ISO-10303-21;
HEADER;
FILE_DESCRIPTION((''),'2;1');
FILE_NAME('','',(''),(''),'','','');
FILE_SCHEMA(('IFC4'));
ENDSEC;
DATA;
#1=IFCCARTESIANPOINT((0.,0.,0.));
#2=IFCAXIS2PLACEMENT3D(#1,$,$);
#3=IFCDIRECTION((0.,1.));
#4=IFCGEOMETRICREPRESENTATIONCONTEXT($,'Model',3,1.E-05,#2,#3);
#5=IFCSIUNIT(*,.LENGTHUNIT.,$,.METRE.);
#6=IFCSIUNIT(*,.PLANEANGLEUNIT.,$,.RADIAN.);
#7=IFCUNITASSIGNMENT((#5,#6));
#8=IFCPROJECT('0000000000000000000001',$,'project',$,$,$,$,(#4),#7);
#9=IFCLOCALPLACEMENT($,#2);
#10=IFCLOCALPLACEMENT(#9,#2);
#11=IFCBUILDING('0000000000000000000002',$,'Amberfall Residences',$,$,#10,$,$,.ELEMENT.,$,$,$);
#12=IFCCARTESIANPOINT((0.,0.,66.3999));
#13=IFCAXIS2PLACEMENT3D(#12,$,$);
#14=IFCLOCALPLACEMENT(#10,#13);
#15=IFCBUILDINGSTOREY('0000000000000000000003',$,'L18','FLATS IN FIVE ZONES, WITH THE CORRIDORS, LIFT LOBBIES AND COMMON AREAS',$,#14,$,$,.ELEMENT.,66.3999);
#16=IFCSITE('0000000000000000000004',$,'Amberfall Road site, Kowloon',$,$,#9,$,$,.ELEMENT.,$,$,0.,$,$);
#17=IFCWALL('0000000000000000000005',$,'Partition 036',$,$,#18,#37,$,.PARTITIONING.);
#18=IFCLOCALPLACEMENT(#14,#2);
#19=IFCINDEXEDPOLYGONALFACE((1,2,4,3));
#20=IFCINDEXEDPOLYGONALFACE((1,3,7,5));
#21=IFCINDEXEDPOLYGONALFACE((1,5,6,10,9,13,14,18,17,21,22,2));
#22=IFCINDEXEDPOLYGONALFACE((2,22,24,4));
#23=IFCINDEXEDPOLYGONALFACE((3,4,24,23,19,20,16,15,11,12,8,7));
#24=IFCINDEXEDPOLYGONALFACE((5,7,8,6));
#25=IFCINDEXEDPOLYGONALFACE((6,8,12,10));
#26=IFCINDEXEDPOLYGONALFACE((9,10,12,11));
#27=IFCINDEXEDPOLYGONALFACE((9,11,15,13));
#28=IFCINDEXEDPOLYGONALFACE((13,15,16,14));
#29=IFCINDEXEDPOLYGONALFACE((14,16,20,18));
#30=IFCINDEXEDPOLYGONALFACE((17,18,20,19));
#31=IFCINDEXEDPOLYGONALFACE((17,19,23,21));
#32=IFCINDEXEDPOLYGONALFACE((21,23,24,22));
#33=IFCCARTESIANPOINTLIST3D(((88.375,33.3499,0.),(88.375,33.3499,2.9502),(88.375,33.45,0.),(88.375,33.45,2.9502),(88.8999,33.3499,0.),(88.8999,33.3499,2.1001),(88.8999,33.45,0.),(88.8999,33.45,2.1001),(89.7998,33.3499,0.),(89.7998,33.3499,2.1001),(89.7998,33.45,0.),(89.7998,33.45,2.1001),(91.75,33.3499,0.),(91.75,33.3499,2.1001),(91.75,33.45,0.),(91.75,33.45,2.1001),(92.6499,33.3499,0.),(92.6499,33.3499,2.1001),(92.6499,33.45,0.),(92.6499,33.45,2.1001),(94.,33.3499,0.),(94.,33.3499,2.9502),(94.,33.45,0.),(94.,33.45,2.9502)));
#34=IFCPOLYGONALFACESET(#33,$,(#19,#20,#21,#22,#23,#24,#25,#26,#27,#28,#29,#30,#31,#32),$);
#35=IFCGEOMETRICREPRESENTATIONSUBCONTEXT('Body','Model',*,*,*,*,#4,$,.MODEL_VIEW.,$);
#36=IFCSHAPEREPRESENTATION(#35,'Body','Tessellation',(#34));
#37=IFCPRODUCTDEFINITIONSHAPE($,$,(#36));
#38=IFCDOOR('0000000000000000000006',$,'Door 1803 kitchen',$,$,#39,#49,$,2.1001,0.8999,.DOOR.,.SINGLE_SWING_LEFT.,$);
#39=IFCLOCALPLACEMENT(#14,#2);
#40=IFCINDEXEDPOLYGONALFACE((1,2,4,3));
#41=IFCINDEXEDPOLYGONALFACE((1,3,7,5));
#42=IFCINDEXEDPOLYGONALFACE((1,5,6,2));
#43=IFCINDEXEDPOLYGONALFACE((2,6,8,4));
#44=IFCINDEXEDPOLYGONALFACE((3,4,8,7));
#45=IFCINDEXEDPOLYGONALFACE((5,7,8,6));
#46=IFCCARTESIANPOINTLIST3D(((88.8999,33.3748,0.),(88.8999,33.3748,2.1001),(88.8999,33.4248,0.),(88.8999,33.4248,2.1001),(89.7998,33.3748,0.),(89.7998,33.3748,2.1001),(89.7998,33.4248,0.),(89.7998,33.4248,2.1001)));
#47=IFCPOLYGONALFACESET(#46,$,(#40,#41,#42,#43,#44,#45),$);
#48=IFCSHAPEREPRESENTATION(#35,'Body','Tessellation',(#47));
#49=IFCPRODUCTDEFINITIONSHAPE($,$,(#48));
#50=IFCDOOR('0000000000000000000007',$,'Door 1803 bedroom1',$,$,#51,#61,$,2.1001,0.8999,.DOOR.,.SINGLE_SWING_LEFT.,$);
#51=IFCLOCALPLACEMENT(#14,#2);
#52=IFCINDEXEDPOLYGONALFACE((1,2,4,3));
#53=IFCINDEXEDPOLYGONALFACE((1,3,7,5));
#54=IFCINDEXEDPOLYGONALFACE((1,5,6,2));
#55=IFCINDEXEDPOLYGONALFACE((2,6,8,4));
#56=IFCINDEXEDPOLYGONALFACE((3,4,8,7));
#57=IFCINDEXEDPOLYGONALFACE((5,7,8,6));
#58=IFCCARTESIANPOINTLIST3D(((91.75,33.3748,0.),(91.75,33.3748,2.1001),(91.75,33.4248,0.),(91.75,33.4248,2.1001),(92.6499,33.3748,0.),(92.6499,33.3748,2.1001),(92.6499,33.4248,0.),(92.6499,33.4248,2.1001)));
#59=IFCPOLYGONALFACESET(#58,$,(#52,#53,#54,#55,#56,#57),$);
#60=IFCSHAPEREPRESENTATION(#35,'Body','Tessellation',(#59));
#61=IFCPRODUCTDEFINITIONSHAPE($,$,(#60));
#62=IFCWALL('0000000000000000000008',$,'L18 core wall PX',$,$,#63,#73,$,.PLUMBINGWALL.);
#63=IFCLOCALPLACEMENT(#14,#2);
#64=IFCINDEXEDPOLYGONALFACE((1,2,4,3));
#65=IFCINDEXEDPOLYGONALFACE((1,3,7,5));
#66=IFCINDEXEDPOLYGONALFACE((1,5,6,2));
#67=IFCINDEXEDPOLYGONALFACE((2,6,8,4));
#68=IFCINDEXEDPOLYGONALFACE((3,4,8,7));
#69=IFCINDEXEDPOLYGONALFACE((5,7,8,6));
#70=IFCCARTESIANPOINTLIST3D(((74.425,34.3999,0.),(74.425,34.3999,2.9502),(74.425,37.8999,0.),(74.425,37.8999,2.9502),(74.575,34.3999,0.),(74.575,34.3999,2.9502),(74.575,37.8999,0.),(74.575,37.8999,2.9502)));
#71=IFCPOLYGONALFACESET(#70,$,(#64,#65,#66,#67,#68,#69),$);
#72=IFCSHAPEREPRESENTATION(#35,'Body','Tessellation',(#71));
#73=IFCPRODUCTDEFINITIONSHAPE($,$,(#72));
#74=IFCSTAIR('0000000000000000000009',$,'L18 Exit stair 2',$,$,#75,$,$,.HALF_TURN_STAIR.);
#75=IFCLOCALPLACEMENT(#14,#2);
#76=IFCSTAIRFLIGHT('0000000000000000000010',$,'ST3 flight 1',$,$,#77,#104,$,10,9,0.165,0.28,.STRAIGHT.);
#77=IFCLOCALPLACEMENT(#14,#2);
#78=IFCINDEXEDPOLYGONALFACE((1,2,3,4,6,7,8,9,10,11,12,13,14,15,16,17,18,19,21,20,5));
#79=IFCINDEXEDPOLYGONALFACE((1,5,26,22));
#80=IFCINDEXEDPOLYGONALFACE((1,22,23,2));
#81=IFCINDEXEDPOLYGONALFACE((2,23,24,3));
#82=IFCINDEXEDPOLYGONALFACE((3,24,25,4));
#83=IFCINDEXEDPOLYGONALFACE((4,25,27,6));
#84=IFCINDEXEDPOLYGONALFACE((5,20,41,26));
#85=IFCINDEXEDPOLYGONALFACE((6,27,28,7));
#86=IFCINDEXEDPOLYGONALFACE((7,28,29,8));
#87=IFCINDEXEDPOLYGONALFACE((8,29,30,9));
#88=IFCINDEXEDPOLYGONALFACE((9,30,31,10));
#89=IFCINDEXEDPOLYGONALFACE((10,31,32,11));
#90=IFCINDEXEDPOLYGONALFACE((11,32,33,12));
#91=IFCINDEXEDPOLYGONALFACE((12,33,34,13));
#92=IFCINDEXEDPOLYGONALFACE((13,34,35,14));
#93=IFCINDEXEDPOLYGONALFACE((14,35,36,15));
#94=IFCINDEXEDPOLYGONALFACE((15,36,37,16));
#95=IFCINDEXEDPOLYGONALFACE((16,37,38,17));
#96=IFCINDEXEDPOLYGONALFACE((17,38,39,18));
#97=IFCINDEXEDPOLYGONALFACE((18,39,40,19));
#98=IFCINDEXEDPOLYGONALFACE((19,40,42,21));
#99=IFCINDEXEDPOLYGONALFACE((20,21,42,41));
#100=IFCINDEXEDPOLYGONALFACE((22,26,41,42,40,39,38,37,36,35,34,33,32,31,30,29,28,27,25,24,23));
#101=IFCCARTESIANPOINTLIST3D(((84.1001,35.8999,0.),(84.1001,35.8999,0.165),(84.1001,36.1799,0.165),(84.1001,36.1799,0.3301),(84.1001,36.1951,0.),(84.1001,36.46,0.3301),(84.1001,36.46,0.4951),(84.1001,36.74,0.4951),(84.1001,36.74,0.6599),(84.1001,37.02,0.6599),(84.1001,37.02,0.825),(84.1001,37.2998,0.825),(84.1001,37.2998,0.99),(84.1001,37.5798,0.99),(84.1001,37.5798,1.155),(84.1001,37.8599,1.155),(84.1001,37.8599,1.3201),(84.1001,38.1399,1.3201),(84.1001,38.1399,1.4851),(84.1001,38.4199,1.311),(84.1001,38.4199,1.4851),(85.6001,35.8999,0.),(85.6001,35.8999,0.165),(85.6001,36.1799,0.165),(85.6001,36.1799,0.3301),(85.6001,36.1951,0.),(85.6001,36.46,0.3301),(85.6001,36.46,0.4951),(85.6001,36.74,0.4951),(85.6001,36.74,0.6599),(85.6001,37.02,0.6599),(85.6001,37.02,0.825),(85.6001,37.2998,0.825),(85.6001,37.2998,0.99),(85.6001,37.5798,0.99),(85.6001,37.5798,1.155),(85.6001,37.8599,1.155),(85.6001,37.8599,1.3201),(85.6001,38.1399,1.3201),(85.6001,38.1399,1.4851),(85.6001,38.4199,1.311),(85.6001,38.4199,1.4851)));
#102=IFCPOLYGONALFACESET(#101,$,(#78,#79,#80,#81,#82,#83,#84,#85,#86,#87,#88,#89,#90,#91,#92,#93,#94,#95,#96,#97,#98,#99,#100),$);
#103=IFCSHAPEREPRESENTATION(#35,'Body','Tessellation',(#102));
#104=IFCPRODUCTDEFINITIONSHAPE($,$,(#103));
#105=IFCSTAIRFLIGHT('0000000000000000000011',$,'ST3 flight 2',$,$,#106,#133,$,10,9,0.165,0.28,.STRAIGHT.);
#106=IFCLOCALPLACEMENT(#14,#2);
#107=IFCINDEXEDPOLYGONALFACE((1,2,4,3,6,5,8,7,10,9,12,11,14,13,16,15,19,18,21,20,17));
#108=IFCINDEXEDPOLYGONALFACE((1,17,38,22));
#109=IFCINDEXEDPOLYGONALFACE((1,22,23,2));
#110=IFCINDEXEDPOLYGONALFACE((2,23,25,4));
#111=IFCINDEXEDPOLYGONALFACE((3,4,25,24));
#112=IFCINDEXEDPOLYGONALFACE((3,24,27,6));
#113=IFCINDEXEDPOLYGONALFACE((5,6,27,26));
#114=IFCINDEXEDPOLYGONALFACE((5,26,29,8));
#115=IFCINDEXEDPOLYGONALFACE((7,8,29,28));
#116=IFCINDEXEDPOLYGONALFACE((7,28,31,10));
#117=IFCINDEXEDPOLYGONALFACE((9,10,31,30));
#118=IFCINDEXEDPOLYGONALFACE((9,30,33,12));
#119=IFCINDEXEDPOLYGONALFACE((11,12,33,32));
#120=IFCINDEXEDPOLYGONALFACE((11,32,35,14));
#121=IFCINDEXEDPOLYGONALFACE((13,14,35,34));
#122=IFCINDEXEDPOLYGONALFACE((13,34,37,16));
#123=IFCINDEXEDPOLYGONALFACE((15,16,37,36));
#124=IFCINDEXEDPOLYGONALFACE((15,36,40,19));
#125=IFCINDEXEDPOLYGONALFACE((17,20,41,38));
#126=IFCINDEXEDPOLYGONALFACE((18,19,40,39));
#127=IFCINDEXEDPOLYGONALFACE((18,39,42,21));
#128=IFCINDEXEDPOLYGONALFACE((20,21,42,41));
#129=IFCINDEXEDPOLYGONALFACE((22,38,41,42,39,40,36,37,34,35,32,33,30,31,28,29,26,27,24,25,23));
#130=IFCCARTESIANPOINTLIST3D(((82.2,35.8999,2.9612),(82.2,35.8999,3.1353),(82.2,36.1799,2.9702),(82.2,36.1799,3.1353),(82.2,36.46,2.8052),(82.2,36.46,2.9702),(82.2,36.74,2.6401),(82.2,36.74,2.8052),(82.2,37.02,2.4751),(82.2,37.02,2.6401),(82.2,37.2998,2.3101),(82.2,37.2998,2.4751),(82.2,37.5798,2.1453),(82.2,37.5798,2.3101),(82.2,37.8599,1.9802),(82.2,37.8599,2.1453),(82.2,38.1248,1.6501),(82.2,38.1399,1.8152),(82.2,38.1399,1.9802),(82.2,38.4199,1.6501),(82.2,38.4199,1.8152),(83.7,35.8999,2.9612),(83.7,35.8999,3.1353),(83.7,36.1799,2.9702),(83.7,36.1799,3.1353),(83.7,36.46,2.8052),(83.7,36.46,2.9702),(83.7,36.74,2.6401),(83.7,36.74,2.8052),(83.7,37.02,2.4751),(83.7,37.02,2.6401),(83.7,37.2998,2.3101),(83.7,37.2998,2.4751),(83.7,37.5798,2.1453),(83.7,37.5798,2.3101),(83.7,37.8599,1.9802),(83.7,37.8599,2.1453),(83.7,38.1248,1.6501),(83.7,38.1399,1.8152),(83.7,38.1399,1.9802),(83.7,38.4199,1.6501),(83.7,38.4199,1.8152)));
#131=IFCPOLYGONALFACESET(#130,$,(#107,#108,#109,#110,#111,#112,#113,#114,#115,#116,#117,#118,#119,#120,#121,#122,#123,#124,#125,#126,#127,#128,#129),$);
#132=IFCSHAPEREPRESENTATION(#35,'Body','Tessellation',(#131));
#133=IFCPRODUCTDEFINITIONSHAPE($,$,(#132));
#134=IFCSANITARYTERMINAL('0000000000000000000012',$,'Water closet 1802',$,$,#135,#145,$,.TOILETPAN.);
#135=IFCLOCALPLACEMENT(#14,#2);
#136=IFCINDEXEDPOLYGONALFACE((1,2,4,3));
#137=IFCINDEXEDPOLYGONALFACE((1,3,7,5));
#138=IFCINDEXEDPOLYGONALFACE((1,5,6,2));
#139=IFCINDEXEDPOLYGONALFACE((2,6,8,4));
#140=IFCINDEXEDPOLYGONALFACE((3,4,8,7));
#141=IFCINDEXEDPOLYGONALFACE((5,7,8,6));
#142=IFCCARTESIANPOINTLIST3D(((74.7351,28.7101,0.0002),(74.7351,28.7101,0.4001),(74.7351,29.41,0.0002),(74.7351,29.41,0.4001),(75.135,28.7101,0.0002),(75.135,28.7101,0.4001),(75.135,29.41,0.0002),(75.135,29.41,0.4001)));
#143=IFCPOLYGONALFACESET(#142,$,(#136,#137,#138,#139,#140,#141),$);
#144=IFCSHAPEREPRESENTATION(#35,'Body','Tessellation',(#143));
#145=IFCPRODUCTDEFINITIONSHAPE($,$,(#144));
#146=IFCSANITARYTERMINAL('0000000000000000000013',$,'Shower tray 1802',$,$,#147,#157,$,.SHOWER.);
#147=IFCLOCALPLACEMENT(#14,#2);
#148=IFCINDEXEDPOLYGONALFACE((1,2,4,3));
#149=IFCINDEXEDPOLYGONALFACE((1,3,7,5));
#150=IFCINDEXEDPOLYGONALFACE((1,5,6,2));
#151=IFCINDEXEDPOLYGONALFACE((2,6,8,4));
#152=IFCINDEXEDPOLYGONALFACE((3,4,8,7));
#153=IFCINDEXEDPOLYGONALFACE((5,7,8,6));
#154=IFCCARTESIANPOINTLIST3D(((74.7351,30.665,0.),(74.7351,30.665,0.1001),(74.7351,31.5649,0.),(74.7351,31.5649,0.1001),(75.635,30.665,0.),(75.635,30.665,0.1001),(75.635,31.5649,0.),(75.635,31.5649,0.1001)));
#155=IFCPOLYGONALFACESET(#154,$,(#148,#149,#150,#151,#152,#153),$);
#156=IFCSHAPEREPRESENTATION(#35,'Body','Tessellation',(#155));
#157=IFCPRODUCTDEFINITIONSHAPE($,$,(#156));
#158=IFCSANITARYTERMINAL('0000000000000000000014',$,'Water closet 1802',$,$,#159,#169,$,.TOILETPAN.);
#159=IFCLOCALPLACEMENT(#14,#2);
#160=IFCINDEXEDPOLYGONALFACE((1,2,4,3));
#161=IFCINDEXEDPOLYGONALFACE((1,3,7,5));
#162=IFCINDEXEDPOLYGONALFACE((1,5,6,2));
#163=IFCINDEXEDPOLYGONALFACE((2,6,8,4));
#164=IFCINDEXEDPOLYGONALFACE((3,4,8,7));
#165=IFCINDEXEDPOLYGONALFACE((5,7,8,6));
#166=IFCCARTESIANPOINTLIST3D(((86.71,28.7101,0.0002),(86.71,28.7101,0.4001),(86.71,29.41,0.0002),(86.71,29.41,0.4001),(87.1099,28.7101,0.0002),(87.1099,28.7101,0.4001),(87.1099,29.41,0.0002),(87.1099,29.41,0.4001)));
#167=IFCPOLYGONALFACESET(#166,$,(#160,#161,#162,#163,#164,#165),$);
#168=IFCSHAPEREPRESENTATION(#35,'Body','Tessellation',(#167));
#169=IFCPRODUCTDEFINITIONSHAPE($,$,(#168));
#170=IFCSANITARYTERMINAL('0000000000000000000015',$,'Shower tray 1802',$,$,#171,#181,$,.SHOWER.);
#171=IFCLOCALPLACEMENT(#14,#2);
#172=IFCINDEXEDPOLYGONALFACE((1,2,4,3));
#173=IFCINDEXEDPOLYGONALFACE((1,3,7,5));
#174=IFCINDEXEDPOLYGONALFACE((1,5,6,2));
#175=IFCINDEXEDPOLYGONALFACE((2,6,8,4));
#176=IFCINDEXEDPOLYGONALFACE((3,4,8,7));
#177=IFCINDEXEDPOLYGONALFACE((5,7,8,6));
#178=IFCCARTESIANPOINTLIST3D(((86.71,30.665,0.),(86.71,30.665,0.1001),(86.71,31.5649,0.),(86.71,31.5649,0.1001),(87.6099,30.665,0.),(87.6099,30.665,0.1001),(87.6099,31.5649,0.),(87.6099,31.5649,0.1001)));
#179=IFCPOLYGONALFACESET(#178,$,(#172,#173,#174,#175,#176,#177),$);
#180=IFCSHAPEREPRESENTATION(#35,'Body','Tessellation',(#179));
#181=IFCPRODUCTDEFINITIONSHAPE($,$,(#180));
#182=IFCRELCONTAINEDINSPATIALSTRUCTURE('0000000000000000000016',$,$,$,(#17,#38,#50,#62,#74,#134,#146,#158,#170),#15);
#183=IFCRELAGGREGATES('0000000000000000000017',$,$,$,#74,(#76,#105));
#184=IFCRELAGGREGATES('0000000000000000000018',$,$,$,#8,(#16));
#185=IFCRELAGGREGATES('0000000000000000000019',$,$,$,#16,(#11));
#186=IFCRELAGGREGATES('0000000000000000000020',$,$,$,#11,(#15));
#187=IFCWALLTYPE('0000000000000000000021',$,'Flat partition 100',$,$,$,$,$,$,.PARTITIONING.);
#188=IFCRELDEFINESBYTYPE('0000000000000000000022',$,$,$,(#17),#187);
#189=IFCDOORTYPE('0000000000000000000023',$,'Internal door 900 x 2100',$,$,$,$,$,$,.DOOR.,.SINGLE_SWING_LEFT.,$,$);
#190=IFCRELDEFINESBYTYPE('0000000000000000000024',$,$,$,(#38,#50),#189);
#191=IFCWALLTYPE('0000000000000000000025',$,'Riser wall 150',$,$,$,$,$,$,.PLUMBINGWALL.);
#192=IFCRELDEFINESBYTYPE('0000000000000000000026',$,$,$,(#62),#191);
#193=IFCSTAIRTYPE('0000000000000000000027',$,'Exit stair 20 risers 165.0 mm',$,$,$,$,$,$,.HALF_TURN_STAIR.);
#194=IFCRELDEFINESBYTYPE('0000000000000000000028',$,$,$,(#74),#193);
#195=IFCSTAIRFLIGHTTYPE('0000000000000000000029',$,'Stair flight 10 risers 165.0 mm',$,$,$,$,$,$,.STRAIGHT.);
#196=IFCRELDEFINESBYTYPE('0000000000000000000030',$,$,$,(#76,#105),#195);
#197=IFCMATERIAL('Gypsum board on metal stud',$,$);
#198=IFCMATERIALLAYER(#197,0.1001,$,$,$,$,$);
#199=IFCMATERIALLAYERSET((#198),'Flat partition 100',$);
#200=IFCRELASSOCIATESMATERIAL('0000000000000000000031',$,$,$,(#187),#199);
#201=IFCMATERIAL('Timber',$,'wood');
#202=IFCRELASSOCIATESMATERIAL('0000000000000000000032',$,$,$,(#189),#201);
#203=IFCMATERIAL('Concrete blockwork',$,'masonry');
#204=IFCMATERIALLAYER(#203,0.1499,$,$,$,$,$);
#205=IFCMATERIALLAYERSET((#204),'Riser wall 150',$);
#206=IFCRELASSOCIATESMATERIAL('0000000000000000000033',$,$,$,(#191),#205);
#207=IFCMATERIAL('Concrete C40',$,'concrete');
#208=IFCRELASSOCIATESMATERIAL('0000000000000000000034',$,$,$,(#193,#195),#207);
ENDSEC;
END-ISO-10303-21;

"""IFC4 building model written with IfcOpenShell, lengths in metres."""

from ifc_helpers import new_model, si_unit, direction, frame, frame_2d, origin, origin_2d, place, context, subcontext, project, spatial, polyline, rectangle, outline, extrude, material, layer, layer_set, type_object, element, fill, aggregate, save


model = new_model("IFC4")

# Units and contexts
model_context = context("Model", 3, precision=1e-05, world=origin(), true_north=direction((0.0, 1.0)))
body_context = subcontext(model_context, "Body", "Model", "MODEL_VIEW")
ifc_project = project(units=[si_unit("LENGTHUNIT", "METRE"), si_unit("PLANEANGLEUNIT", "RADIAN")], contexts=[model_context])

# Site, building, storey
site_placement = place(None, origin())
site = spatial("IfcSite", under=ifc_project, at=site_placement, Name="Amberfall Road site, Kowloon", CompositionType="ELEMENT", RefElevation=0.0)
building_placement = place(site_placement, origin())
building = spatial("IfcBuilding", under=site, at=building_placement, Name="Amberfall Residences", CompositionType="ELEMENT")
storey_placement = place(building_placement, frame((0.0, 0.0, 66.3999)))
storey = spatial("IfcBuildingStorey", under=building, at=storey_placement, Name="L18", Description="FLATS IN FIVE ZONES, WITH THE CORRIDORS, LIFT LOBBIES AND COMMON AREAS", CompositionType="ELEMENT", Elevation=66.3999)

# Shared definitions
ifc_material_1 = material(Name="Gypsum board on metal stud")
ifc_layer_1 = layer(ifc_material_1, 0.1001)
ifc_layer_set_1 = layer_set([ifc_layer_1], Name="Flat partition 100")
wall_type_1 = type_object("IfcWallType", Name="Flat partition 100", PredefinedType="PARTITIONING", material=ifc_layer_set_1)
ifc_material_2 = material(Name="Timber", Category="wood")
door_type_1 = type_object("IfcDoorType", Name="Internal door 900 x 2100", OperationType="SINGLE_SWING_LEFT", PredefinedType="DOOR", material=ifc_material_2)

# Wall, openings, doors
wall_1_placement = place(storey_placement, frame((88.375, 33.3999, 0.0), z_axis=(0.0, 0.0, 1.0), x_axis=(1.0, 0.0, 0.0)))
wall_1 = element("IfcWall", 1, at=wall_1_placement, inside=storey, type_object=wall_type_1, Name="Partition 036", PredefinedType="PARTITIONING", context=body_context, shape_type="SweptSolid", body=[
    extrude(rectangle(XDim=5.625, YDim=0.1001, at=frame_2d((2.8125, 0.0))), origin(), (0.0, 0.0, 1.0), 2.9502),
])
opening_1_placement = place(wall_1_placement, frame((0.5249, 0.0, 0.0)))
opening_1 = element("IfcOpeningElement", 2, at=opening_1_placement, cuts=wall_1, PredefinedType="OPENING", context=body_context, shape_type="SweptSolid", body=[
    extrude(rectangle(XDim=0.8999, YDim=2.1001, at=frame_2d((0.45, 1.05))), frame((0.0, 0.0601, 0.0), z_axis=(0.0, -1.0, 0.0), x_axis=(1.0, 0.0, 0.0)), (0.0, 0.0, 1.0), 0.1201),
])
opening_2_placement = place(wall_1_placement, frame((3.375, 0.0, 0.0)))
opening_2 = element("IfcOpeningElement", 3, at=opening_2_placement, cuts=wall_1, PredefinedType="OPENING", context=body_context, shape_type="SweptSolid", body=[
    extrude(rectangle(XDim=0.8999, YDim=2.1001, at=frame_2d((0.45, 1.05))), frame((0.0, 0.0601, 0.0), z_axis=(0.0, -1.0, 0.0), x_axis=(1.0, 0.0, 0.0)), (0.0, 0.0, 1.0), 0.1201),
])
door_1_placement = place(opening_1_placement, origin())
door_1 = element("IfcDoor", 4, at=door_1_placement, inside=storey, type_object=door_type_1, Name="Door 1803 kitchen", OperationType="SINGLE_SWING_LEFT", OverallHeight=2.1001, OverallWidth=0.8999, PredefinedType="DOOR", context=body_context, shape_type="SweptSolid", body=[
    extrude(rectangle(XDim=0.8999, YDim=2.1001, at=frame_2d((0.45, 1.05))), frame((0.0, 0.0249, 0.0), z_axis=(0.0, -1.0, 0.0), x_axis=(1.0, 0.0, 0.0)), (0.0, 0.0, 1.0), 0.05),
])
fill(opening_1, door_1)
door_2_placement = place(opening_2_placement, origin())
door_2 = element("IfcDoor", 5, at=door_2_placement, inside=storey, type_object=door_type_1, Name="Door 1803 bedroom1", OperationType="SINGLE_SWING_LEFT", OverallHeight=2.1001, OverallWidth=0.8999, PredefinedType="DOOR", context=body_context, shape_type="SweptSolid", body=[
    extrude(rectangle(XDim=0.8999, YDim=2.1001, at=frame_2d((0.45, 1.05))), frame((0.0, 0.0249, 0.0), z_axis=(0.0, -1.0, 0.0), x_axis=(1.0, 0.0, 0.0)), (0.0, 0.0, 1.0), 0.05),
])
fill(opening_2, door_2)

# Wall
ifc_material_3 = material(Name="Concrete blockwork", Category="masonry")
ifc_layer_2 = layer(ifc_material_3, 0.1499)
ifc_layer_set_2 = layer_set([ifc_layer_2], Name="Riser wall 150")
wall_type_2 = type_object("IfcWallType", Name="Riser wall 150", PredefinedType="PLUMBINGWALL", material=ifc_layer_set_2)
wall_2_placement = place(storey_placement, frame((74.5, 34.3999, 0.0), z_axis=(0.0, 0.0, 1.0), x_axis=(0.0, 1.0, 0.0)))
element("IfcWall", 6, at=wall_2_placement, inside=storey, type_object=wall_type_2, Name="L18 core wall PX", PredefinedType="PLUMBINGWALL", context=body_context, shape_type="SweptSolid", body=[
    extrude(rectangle(XDim=3.5, YDim=0.1499, at=frame_2d((1.75, 0.0))), origin(), (0.0, 0.0, 1.0), 2.9502),
])

# Stair, stair flights
ifc_material_4 = material(Name="Concrete C40", Category="concrete")
stair_type = type_object("IfcStairType", Name="Exit stair 20 risers 165.0 mm", PredefinedType="HALF_TURN_STAIR", material=ifc_material_4)
stair_placement = place(storey_placement, origin())
stair = element("IfcStair", 7, at=stair_placement, inside=storey, type_object=stair_type, Name="L18 Exit stair 2", PredefinedType="HALF_TURN_STAIR")
stair_flight_type = type_object("IfcStairFlightType", Name="Stair flight 10 risers 165.0 mm", PredefinedType="STRAIGHT", material=ifc_material_4)
stair_flight_1_placement = place(storey_placement, frame((84.8501, 35.8999, 0.0), z_axis=(0.0, 0.0, 1.0), x_axis=(0.0, 1.0, 0.0)))
stair_flight_1 = element("IfcStairFlight", 8, at=stair_flight_1_placement, type_object=stair_flight_type, Name="ST3 flight 1", NumberOfRisers=10, NumberOfTreads=9, PredefinedType="STRAIGHT", RiserHeight=0.165, TreadLength=0.28, context=body_context, shape_type="SweptSolid", body=[
    extrude(outline(polyline([(0.0, 0.0), (0.0, 0.165), (0.28, 0.165), (0.28, 0.3301), (0.5601, 0.3301), (0.5601, 0.4951), (0.8401, 0.4951), (0.8401, 0.6599), (1.1201, 0.6599), (1.1201, 0.825), (1.3999, 0.825), (1.3999, 0.99), (1.6799, 0.99), (1.6799, 1.155), (1.96, 1.155), (1.96, 1.3201), (2.24, 1.3201), (2.24, 1.4851), (2.52, 1.4851), (2.52, 1.6499), (2.52, 1.311), (0.2952, 0.0), (0.0, 0.0)])), frame((0.0, 0.75, 0.0), z_axis=(0.0, -1.0, 0.0), x_axis=(1.0, 0.0, 0.0)), (0.0, 0.0, 1.0), 1.5),
])
stair_flight_2_placement = place(storey_placement, frame((82.95, 38.4199, 1.6501), z_axis=(0.0, 0.0, 1.0), x_axis=(0.0, -1.0, 0.0)))
stair_flight_2 = element("IfcStairFlight", 9, at=stair_flight_2_placement, type_object=stair_flight_type, Name="ST3 flight 2", NumberOfRisers=10, NumberOfTreads=9, PredefinedType="STRAIGHT", RiserHeight=0.165, TreadLength=0.28, context=body_context, shape_type="SweptSolid", body=[
    extrude(outline(polyline([(0.0, 0.0), (0.0, 0.165), (0.28, 0.165), (0.28, 0.3301), (0.5601, 0.3301), (0.5601, 0.4951), (0.8401, 0.4951), (0.8401, 0.6599), (1.1201, 0.6599), (1.1201, 0.825), (1.3999, 0.825), (1.3999, 0.99), (1.6799, 0.99), (1.6799, 1.155), (1.96, 1.155), (1.96, 1.3201), (2.24, 1.3201), (2.24, 1.4851), (2.52, 1.4851), (2.52, 1.6499), (2.52, 1.311), (0.2952, 0.0), (0.0, 0.0)])), frame((0.0, 0.75, 0.0), z_axis=(0.0, -1.0, 0.0), x_axis=(1.0, 0.0, 0.0)), (0.0, 0.0, 1.0), 1.5),
])
aggregate(stair, [stair_flight_1, stair_flight_2])

# Sanitary terminals
sanitary_terminal_1_placement = place(storey_placement, frame((74.9351, 29.0601, 0.0002), z_axis=(0.0, 0.0, 1.0), x_axis=(1.0, 0.0, 0.0)))
element("IfcSanitaryTerminal", 10, at=sanitary_terminal_1_placement, inside=storey, Name="Water closet 1802", PredefinedType="TOILETPAN", context=body_context, shape_type="SweptSolid", body=[
    extrude(rectangle(XDim=0.3999, YDim=0.7, at=origin_2d()), origin(), (0.0, 0.0, 1.0), 0.3999),
])
sanitary_terminal_2_placement = place(storey_placement, frame((75.1851, 31.115, 0.0), z_axis=(0.0, 0.0, 1.0), x_axis=(1.0, 0.0, 0.0)))
element("IfcSanitaryTerminal", 11, at=sanitary_terminal_2_placement, inside=storey, Name="Shower tray 1802", PredefinedType="SHOWER", context=body_context, shape_type="SweptSolid", body=[
    extrude(rectangle(XDim=0.8999, YDim=0.8999, at=origin_2d()), origin(), (0.0, 0.0, 1.0), 0.1001),
])
sanitary_terminal_3_placement = place(storey_placement, frame((86.9099, 29.0601, 0.0002), z_axis=(0.0, 0.0, 1.0), x_axis=(1.0, 0.0, 0.0)))
element("IfcSanitaryTerminal", 12, at=sanitary_terminal_3_placement, inside=storey, Name="Water closet 1802", PredefinedType="TOILETPAN", context=body_context, shape_type="SweptSolid", body=[
    extrude(rectangle(XDim=0.3999, YDim=0.7, at=origin_2d()), origin(), (0.0, 0.0, 1.0), 0.3999),
])
sanitary_terminal_4_placement = place(storey_placement, frame((87.1599, 31.115, 0.0), z_axis=(0.0, 0.0, 1.0), x_axis=(1.0, 0.0, 0.0)))
element("IfcSanitaryTerminal", 13, at=sanitary_terminal_4_placement, inside=storey, Name="Shower tray 1802", PredefinedType="SHOWER", context=body_context, shape_type="SweptSolid", body=[
    extrude(rectangle(XDim=0.8999, YDim=0.8999, at=origin_2d()), origin(), (0.0, 0.0, 1.0), 0.1001),
])

save(model, "model.ifc")
